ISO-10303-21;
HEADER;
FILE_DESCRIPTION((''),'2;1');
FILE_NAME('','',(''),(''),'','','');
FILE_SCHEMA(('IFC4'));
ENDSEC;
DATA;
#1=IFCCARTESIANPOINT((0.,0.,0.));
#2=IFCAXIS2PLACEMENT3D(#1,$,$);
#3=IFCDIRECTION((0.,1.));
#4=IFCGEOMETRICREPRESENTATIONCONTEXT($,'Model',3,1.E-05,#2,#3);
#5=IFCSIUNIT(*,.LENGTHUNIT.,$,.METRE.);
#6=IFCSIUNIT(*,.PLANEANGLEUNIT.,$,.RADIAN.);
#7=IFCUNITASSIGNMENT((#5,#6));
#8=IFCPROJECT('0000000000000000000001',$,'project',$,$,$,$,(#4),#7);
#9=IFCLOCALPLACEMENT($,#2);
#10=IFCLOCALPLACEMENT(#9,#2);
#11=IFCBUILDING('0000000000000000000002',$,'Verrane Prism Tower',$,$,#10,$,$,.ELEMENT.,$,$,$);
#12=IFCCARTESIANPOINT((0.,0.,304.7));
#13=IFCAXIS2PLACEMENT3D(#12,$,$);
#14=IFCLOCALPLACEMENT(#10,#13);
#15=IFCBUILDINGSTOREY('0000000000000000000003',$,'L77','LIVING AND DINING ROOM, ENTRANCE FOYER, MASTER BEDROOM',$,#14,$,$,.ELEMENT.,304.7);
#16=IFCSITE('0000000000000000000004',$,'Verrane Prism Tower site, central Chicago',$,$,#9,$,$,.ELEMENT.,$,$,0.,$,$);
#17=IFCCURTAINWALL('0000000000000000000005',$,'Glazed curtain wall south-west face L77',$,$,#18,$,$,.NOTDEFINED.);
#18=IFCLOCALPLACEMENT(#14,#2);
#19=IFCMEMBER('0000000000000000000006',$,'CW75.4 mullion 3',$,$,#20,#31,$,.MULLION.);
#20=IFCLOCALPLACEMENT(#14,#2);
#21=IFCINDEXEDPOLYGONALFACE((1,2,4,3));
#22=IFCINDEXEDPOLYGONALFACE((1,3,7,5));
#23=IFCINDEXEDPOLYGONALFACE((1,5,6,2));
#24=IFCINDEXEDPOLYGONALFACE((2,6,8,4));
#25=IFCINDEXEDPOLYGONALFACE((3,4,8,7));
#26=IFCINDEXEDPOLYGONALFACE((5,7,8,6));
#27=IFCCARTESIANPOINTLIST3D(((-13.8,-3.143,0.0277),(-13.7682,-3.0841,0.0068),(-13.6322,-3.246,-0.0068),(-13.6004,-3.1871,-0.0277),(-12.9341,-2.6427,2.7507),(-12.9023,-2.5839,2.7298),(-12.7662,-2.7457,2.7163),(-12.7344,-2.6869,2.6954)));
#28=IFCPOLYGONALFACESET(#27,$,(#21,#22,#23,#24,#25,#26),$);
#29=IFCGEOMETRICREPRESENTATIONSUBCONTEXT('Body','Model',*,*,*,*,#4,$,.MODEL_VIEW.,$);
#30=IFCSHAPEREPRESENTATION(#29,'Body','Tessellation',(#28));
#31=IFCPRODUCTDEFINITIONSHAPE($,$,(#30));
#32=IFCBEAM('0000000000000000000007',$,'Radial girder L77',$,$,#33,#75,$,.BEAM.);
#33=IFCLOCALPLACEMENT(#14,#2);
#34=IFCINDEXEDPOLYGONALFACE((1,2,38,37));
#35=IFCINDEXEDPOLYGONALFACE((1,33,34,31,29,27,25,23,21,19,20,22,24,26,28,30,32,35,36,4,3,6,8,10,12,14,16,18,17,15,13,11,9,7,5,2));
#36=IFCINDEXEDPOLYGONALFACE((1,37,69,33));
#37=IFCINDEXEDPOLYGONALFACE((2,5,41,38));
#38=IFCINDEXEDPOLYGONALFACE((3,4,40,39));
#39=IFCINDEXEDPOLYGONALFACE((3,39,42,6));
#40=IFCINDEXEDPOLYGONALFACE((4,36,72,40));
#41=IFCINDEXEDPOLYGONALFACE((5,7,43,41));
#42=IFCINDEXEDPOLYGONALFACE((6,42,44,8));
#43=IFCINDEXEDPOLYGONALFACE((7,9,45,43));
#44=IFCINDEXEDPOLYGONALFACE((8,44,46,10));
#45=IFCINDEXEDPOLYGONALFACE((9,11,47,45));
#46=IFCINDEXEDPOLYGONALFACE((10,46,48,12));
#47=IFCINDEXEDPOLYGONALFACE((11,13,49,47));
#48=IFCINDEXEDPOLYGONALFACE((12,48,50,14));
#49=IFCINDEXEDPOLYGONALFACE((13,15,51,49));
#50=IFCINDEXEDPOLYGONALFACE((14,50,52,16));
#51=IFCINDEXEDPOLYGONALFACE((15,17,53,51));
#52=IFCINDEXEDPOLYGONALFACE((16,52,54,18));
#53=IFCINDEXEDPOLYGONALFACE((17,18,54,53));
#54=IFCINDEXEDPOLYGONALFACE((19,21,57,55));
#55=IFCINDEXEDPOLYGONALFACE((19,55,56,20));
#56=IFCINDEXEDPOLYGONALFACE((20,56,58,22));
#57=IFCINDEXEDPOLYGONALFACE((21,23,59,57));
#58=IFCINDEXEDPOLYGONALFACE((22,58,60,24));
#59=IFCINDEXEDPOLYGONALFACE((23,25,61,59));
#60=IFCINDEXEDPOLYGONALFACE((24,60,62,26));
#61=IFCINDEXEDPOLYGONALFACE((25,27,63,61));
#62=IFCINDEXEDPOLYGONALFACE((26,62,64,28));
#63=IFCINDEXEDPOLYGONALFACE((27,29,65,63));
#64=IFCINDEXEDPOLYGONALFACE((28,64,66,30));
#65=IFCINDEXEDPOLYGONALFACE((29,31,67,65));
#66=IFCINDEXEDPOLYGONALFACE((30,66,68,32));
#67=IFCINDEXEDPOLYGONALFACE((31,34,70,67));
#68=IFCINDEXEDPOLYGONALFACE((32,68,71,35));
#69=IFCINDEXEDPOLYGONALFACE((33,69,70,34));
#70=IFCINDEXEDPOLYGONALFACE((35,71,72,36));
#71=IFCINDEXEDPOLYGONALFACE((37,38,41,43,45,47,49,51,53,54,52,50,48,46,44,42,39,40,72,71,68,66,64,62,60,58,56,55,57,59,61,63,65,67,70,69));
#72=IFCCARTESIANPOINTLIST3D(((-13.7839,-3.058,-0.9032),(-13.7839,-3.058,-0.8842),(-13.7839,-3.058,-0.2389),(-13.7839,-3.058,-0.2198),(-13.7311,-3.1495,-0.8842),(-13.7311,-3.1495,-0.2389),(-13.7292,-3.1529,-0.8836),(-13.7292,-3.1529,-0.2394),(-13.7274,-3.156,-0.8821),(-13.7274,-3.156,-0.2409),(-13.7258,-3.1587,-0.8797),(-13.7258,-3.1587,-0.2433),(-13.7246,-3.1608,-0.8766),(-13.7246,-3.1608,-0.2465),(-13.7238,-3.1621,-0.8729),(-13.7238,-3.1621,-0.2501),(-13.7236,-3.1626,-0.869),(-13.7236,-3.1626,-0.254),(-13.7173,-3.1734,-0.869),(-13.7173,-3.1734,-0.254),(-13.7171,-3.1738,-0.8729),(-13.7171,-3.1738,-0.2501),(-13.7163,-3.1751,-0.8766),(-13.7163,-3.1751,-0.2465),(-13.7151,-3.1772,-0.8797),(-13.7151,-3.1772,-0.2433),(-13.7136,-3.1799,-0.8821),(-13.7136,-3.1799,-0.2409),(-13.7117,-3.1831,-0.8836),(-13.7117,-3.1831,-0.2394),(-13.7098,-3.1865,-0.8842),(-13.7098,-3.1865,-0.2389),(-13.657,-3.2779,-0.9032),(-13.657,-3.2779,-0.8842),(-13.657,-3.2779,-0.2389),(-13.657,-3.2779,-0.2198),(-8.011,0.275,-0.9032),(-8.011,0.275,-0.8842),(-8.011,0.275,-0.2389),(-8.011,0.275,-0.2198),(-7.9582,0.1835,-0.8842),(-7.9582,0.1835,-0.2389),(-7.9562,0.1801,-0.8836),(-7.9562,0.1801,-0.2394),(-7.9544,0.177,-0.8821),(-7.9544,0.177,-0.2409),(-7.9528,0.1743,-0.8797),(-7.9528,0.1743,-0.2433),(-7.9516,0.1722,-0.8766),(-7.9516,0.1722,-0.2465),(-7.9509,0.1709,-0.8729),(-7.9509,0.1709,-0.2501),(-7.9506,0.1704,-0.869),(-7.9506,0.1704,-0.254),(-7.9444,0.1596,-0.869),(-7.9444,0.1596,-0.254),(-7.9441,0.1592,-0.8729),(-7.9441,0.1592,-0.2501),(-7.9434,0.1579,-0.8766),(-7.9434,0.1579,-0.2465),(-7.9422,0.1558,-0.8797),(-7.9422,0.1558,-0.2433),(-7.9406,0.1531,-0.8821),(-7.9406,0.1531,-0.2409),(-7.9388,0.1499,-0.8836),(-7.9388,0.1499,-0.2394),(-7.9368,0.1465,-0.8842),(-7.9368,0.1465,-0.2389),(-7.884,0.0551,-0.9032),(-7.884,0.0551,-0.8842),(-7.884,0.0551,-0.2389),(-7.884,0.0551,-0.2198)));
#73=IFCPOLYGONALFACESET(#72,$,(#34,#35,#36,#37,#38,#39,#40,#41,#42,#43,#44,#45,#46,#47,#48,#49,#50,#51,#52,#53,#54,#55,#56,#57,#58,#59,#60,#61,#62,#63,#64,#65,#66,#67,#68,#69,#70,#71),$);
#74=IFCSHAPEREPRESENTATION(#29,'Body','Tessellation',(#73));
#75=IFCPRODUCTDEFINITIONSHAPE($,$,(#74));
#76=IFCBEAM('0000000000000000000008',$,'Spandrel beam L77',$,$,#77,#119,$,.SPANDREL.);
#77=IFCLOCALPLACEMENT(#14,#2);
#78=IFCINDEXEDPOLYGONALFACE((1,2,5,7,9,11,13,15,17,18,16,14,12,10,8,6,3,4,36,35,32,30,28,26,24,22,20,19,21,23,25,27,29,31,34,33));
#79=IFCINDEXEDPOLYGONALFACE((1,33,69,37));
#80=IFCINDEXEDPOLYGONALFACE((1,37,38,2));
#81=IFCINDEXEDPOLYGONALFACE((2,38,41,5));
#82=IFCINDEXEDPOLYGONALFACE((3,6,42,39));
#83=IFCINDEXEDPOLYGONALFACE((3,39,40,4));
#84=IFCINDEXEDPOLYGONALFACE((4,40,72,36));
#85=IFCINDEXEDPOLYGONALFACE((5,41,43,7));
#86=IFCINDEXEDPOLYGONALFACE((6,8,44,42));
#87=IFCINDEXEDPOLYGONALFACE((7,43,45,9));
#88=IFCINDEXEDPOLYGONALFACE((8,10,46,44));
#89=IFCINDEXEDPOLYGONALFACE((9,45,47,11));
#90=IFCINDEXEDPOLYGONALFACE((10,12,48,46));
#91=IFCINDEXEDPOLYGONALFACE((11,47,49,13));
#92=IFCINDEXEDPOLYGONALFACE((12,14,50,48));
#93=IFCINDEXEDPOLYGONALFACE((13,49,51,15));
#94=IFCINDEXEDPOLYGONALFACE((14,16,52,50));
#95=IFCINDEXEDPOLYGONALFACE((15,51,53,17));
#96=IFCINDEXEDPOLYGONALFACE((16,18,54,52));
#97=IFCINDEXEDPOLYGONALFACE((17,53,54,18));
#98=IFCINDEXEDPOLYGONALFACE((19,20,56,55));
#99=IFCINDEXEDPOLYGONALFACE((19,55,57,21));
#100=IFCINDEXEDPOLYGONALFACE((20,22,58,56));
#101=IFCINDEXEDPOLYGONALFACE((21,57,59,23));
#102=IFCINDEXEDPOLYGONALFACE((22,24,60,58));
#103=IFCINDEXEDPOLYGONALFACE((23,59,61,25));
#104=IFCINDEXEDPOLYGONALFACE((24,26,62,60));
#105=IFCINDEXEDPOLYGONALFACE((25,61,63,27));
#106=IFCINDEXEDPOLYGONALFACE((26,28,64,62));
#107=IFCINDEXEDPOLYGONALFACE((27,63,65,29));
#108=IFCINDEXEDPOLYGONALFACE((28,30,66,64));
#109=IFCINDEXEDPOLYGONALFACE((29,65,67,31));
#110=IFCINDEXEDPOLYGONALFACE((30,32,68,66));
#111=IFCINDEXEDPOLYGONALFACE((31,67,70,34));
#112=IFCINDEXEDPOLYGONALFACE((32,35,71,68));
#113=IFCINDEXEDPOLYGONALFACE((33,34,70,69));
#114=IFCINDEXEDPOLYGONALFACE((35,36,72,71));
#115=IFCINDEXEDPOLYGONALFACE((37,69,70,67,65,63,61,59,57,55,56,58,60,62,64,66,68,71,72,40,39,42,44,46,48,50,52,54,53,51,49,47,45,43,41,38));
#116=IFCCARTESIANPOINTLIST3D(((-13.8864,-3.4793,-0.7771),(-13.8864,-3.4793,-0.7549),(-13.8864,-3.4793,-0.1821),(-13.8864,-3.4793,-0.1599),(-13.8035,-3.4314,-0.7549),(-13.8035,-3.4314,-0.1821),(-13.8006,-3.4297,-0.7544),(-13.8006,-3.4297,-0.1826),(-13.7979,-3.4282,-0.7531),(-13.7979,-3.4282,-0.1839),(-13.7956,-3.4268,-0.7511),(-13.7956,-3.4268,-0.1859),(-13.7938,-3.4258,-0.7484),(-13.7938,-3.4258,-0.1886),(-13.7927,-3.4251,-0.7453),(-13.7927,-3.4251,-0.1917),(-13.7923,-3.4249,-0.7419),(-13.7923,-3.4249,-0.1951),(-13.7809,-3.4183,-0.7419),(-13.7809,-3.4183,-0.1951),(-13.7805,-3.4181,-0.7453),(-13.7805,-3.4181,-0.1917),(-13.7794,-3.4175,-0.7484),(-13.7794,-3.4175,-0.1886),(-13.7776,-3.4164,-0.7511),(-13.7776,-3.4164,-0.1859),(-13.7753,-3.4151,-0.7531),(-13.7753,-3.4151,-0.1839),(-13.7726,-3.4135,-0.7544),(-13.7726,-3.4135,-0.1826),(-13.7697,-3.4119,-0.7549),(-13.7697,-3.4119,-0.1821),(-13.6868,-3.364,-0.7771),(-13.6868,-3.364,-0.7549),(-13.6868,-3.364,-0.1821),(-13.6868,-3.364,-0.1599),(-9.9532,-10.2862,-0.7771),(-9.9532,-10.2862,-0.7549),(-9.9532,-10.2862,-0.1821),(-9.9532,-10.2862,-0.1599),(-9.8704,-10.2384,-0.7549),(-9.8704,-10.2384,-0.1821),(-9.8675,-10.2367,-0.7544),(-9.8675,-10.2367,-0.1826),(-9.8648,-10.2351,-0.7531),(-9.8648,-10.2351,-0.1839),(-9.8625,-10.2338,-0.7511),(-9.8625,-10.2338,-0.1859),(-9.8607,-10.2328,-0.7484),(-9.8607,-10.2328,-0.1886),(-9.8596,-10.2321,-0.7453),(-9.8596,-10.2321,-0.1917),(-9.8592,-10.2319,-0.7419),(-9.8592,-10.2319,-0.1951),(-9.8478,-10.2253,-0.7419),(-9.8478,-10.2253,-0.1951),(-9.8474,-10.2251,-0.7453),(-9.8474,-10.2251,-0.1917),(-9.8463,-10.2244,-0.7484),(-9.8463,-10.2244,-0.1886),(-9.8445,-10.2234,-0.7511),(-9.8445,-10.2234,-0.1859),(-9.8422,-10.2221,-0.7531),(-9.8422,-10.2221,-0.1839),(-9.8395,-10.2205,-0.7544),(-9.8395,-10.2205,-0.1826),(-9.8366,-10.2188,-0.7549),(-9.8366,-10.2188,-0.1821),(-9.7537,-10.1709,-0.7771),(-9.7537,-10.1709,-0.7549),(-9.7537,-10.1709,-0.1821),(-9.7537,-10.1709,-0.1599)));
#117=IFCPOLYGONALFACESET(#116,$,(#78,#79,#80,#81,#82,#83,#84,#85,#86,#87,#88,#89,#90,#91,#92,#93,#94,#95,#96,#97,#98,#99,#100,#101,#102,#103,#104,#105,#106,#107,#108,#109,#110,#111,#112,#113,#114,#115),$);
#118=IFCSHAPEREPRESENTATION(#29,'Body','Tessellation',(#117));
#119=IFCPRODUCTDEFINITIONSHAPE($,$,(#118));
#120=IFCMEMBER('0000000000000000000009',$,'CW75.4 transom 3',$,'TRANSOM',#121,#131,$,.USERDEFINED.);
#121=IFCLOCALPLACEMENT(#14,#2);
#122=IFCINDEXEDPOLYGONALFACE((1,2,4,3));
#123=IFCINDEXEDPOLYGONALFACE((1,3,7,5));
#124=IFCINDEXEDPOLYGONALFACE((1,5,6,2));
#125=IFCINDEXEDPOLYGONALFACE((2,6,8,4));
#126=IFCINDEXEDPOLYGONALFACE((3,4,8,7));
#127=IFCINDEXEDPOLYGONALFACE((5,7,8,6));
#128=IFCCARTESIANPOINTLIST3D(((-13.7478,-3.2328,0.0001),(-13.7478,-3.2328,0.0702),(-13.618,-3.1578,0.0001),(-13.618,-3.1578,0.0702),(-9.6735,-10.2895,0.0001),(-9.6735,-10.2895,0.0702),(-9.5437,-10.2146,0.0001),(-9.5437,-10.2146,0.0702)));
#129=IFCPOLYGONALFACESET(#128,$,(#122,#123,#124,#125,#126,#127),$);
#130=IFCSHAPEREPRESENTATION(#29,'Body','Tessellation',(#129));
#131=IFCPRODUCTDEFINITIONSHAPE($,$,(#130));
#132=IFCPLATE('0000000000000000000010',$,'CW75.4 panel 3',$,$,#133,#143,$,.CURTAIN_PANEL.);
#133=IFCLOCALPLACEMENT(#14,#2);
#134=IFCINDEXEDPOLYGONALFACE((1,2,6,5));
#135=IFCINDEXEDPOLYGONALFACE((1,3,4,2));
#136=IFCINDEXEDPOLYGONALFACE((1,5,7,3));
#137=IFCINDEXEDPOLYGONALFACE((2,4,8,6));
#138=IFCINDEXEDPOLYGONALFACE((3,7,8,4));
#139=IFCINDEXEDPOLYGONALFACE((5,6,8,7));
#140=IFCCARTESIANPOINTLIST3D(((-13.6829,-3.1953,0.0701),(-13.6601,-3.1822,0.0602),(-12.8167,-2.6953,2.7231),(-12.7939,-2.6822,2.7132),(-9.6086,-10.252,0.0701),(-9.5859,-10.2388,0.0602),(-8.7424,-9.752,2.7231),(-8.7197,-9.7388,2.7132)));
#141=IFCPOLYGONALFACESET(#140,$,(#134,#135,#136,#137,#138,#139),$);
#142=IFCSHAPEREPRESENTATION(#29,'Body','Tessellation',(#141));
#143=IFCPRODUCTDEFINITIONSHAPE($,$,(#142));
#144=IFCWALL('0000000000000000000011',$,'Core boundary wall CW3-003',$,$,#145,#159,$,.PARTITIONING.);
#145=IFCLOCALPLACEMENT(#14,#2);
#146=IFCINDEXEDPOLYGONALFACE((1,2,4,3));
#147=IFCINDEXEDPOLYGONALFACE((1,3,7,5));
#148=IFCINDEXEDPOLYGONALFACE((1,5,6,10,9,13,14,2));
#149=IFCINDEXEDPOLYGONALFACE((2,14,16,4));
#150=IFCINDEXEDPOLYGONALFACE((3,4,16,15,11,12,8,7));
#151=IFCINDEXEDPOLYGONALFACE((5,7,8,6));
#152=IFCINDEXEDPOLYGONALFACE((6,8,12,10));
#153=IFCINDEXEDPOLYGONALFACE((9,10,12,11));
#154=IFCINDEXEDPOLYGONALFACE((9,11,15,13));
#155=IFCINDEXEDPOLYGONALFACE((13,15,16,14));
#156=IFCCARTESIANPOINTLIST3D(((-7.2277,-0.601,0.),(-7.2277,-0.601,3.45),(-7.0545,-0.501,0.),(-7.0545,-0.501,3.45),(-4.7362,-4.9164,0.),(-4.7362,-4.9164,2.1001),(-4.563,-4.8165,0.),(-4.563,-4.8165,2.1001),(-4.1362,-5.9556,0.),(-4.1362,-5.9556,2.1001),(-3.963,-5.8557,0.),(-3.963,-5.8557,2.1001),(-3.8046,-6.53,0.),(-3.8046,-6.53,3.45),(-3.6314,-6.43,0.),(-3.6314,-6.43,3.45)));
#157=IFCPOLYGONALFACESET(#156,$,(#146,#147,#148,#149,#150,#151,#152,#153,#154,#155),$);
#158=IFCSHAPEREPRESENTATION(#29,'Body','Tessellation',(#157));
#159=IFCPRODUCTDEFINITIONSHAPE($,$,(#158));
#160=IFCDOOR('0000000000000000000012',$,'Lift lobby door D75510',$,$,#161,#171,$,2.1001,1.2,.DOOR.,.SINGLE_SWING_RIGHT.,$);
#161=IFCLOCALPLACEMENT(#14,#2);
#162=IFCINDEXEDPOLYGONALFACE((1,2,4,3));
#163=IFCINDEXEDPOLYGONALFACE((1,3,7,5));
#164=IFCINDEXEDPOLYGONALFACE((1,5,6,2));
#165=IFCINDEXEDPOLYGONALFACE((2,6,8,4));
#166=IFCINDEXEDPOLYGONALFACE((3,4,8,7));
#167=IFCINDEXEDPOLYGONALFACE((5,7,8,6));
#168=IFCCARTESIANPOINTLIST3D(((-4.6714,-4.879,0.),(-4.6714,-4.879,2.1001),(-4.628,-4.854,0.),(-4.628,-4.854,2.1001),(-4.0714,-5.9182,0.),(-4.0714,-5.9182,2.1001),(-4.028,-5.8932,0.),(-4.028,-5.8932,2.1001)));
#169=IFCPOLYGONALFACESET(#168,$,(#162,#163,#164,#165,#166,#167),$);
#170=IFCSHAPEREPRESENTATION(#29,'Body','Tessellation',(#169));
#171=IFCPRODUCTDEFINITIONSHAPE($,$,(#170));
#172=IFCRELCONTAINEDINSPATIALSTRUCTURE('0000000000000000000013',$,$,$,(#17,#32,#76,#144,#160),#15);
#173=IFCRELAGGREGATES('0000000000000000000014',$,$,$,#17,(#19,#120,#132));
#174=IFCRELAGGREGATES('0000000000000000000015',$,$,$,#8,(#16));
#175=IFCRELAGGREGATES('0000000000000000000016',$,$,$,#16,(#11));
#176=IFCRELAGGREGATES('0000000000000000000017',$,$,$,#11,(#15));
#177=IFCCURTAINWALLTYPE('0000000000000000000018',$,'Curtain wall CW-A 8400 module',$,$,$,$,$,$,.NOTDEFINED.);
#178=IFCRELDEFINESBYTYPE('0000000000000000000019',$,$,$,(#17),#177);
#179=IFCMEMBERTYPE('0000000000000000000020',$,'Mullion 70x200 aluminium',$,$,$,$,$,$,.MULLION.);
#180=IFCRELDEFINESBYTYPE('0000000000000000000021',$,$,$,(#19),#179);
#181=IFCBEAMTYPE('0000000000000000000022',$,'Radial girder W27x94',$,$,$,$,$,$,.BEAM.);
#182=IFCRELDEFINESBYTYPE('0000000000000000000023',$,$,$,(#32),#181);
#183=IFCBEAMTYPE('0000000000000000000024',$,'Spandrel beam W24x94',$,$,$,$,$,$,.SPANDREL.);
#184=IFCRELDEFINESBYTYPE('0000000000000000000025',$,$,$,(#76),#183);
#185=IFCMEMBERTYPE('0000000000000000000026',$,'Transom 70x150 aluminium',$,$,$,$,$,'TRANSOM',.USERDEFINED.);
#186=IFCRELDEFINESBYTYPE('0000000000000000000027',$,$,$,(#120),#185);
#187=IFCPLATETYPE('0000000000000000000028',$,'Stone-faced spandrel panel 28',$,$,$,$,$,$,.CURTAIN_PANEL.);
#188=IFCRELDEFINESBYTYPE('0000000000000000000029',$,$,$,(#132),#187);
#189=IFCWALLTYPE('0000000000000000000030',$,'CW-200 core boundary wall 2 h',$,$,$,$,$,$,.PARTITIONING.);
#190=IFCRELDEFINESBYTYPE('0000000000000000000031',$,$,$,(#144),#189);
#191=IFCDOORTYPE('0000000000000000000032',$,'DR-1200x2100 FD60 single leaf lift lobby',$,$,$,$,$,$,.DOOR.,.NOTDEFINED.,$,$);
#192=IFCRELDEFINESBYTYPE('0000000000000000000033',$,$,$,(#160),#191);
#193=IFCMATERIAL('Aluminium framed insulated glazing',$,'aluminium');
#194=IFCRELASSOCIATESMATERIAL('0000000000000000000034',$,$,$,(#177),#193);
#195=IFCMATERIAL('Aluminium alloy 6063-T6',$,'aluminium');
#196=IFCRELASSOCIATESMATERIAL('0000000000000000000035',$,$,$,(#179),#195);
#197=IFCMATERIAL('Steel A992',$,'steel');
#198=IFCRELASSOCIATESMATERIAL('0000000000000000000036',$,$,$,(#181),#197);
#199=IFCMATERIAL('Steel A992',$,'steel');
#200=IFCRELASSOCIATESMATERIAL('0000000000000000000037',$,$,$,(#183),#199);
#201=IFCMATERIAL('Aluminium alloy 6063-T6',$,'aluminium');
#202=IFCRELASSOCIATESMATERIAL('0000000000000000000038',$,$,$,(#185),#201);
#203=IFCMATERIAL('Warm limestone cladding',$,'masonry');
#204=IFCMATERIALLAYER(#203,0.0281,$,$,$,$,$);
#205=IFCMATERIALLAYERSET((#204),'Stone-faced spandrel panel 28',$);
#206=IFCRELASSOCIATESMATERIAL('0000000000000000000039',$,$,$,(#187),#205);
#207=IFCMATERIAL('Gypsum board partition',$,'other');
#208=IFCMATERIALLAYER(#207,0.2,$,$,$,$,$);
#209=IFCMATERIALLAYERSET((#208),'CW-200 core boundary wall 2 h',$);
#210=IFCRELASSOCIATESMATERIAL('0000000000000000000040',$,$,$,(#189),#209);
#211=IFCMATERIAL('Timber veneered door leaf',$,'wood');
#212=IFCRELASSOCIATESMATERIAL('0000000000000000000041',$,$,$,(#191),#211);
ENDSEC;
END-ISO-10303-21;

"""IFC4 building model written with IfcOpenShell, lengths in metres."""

from ifc_helpers import new_model, si_unit, direction, frame, frame_2d, origin, origin_2d, place, context, subcontext, project, spatial, polyline, rectangle, i_section, outline, extrude, material, layer, layer_set, material_profile, profile_set, type_object, element, fill, aggregate, save


model = new_model("IFC4")

# Units and contexts
model_context = context("Model", 3, precision=1e-05, world=origin(), true_north=direction((0.0, 1.0)))
body_context = subcontext(model_context, "Body", "Model", "MODEL_VIEW")
ifc_project = project(units=[si_unit("LENGTHUNIT", "METRE"), si_unit("PLANEANGLEUNIT", "RADIAN")], contexts=[model_context])

# Site, building, storey
site_placement = place(None, origin())
site = spatial("IfcSite", under=ifc_project, at=site_placement, Name="Verrane Prism Tower site, central Chicago", CompositionType="ELEMENT", RefElevation=0.0)
building_placement = place(site_placement, origin())
building = spatial("IfcBuilding", under=site, at=building_placement, Name="Verrane Prism Tower", CompositionType="ELEMENT")
storey_placement = place(building_placement, frame((0.0, 0.0, 304.7)))
storey = spatial("IfcBuildingStorey", under=building, at=storey_placement, Name="L77", Description="LIVING AND DINING ROOM, ENTRANCE FOYER, MASTER BEDROOM", CompositionType="ELEMENT", Elevation=304.7)

# Curtain wall, member
ifc_material_1 = material(Name="Aluminium framed insulated glazing", Category="aluminium")
curtain_wall_type = type_object("IfcCurtainWallType", Name="Curtain wall CW-A 8400 module", PredefinedType="NOTDEFINED", material=ifc_material_1)
curtain_wall_placement = place(storey_placement, origin())
curtain_wall = element("IfcCurtainWall", 1, at=curtain_wall_placement, inside=storey, type_object=curtain_wall_type, Name="Glazed curtain wall south-west face L77", PredefinedType="NOTDEFINED")
ifc_material_2 = material(Name="Aluminium alloy 6063-T6", Category="aluminium")
ifc_material_profile_1 = material_profile(ifc_material_2, rectangle(XDim=0.2, YDim=0.0701, at=origin_2d()), Name="Mullion 70x200 aluminium")
ifc_profile_set_1 = profile_set([ifc_material_profile_1], Name="Aluminium alloy 6063-T6")
member_type_1 = type_object("IfcMemberType", Name="Mullion 70x200 aluminium", PredefinedType="MULLION", material=ifc_profile_set_1)
member_1_placement = place(storey_placement, frame((-13.7002, -3.165, 0.0), z_axis=(0.298509, 0.17244, 0.9387), x_axis=(-0.839606, 0.515122, 0.172368)))
member_1 = element("IfcMember", 2, at=member_1_placement, type_object=member_type_1, Name="CW75.4 mullion 3", PredefinedType="MULLION", context=body_context, shape_type="SweptSolid", body=[
    extrude(rectangle(XDim=0.2, YDim=0.0701, at=origin_2d()), origin(), (0.0, 0.0, 1.0), 2.9009),
])

# Beams
ifc_material_3 = material(Name="Steel A992", Category="steel")
ifc_material_profile_2 = material_profile(ifc_material_3, i_section(OverallWidth=0.2539, OverallDepth=0.6833, WebThickness=0.0125, FlangeThickness=0.019, FilletRadius=0.0151, at=origin_2d()), Name="W27x94")
ifc_profile_set_2 = profile_set([ifc_material_profile_2], Name="Steel A992")
beam_type_1 = type_object("IfcBeamType", Name="Radial girder W27x94", PredefinedType="BEAM", material=ifc_profile_set_2)
beam_1_placement = place(storey_placement, frame((-13.7205, -3.168, -0.5615), z_axis=(0.866026, 0.499999, 0.0), x_axis=(-0.499999, 0.866026, 0.0)))
element("IfcBeam", 3, at=beam_1_placement, inside=storey, type_object=beam_type_1, Name="Radial girder L77", PredefinedType="BEAM", context=body_context, shape_type="SweptSolid", body=[
    extrude(i_section(OverallWidth=0.2539, OverallDepth=0.6833, WebThickness=0.0125, FlangeThickness=0.019, FilletRadius=0.0151, at=origin_2d()), origin(), (0.0, 0.0, 1.0), 6.666),
])
ifc_material_4 = material(Name="Steel A992", Category="steel")
ifc_material_profile_3 = material_profile(ifc_material_4, i_section(OverallWidth=0.2305, OverallDepth=0.6172, WebThickness=0.0132, FlangeThickness=0.0222, FilletRadius=0.0129, at=origin_2d()), Name="W24x94")
ifc_profile_set_3 = profile_set([ifc_material_profile_3], Name="Steel A992")
beam_type_2 = type_object("IfcBeamType", Name="Spandrel beam W24x94", PredefinedType="SPANDREL", material=ifc_profile_set_3)
beam_2_placement = place(storey_placement, frame((-13.7866, -3.4216, -0.4685), z_axis=(0.5003, -0.865852, 0.0), x_axis=(0.865852, 0.5003, 0.0)))
element("IfcBeam", 4, at=beam_2_placement, inside=storey, type_object=beam_type_2, Name="Spandrel beam L77", PredefinedType="SPANDREL", context=body_context, shape_type="SweptSolid", body=[
    extrude(i_section(OverallWidth=0.2305, OverallDepth=0.6172, WebThickness=0.0132, FlangeThickness=0.0222, FilletRadius=0.0129, at=origin_2d()), origin(), (0.0, 0.0, 1.0), 7.8616),
])

# Member
ifc_material_5 = material(Name="Aluminium alloy 6063-T6", Category="aluminium")
ifc_material_profile_4 = material_profile(ifc_material_5, rectangle(XDim=0.1499, YDim=0.0701, at=origin_2d()), Name="Transom 70x150 aluminium")
ifc_profile_set_4 = profile_set([ifc_material_profile_4], Name="Aluminium alloy 6063-T6")
member_type_2 = type_object("IfcMemberType", Name="Transom 70x150 aluminium", ElementType="TRANSOM", PredefinedType="USERDEFINED", material=ifc_profile_set_4)
member_2_placement = place(storey_placement, frame((-13.6829, -3.1953, 0.0352), z_axis=(0.500006, -0.866022, 0.0), x_axis=(0.866022, 0.500006, 0.0)))
member_2 = element("IfcMember", 5, at=member_2_placement, type_object=member_type_2, Name="CW75.4 transom 3", ObjectType="TRANSOM", PredefinedType="USERDEFINED", context=body_context, shape_type="SweptSolid", body=[
    extrude(rectangle(XDim=0.1499, YDim=0.0701, at=origin_2d()), origin(), (0.0, 0.0, 1.0), 8.1484),
])

# Plate
ifc_material_6 = material(Name="Warm limestone cladding", Category="masonry")
ifc_layer_1 = layer(ifc_material_6, 0.0281)
ifc_layer_set_1 = layer_set([ifc_layer_1], Name="Stone-faced spandrel panel 28")
plate_type = type_object("IfcPlateType", Name="Stone-faced spandrel panel 28", PredefinedType="CURTAIN_PANEL", material=ifc_layer_set_1)
plate_placement = place(storey_placement, frame((-13.6829, -3.1953, 0.0701), z_axis=(-0.810352, -0.467865, 0.352748), x_axis=(0.500006, -0.866022, 0.0)))
plate = element("IfcPlate", 6, at=plate_placement, type_object=plate_type, Name="CW75.4 panel 3", PredefinedType="CURTAIN_PANEL", context=body_context, shape_type="SweptSolid", body=[
    extrude(outline(polyline([(0.0, 0.0), (8.1483, 0.0), (8.1484, 2.8353), (0.0001, 2.8353), (0.0, 0.0)])), origin(), (0.0, 0.0, -1.0), 0.0281),
])
aggregate(curtain_wall, [member_1, member_2, plate])

# Wall, opening, door
ifc_material_7 = material(Name="Gypsum board partition", Category="other")
ifc_layer_2 = layer(ifc_material_7, 0.2)
ifc_layer_set_2 = layer_set([ifc_layer_2], Name="CW-200 core boundary wall 2 h")
wall_type_1 = type_object("IfcWallType", Name="CW-200 core boundary wall 2 h", PredefinedType="PARTITIONING", material=ifc_layer_set_2)
wall_1_placement = place(storey_placement, frame((-7.1411, -0.551, 0.0), z_axis=(0.0, 0.0, 1.0), x_axis=(0.500001, -0.866025, 0.0)))
wall_1 = element("IfcWall", 7, at=wall_1_placement, inside=storey, type_object=wall_type_1, Name="Core boundary wall CW3-003", PredefinedType="PARTITIONING", context=body_context, shape_type="SweptSolid", body=[
    extrude(rectangle(XDim=6.8462, YDim=0.2, at=frame_2d((3.4231, 0.0))), origin(), (0.0, 0.0, 1.0), 3.45),
])
opening_1_placement = place(wall_1_placement, frame((4.9829, 0.0, 0.0)))
opening_1 = element("IfcOpeningElement", 8, at=opening_1_placement, cuts=wall_1, PredefinedType="OPENING", context=body_context, shape_type="SweptSolid", body=[
    extrude(rectangle(XDim=1.2, YDim=2.1001, at=frame_2d((0.6001, 1.05))), frame((0.0, 0.1099, 0.0), z_axis=(0.0, -1.0, 0.0), x_axis=(1.0, 0.0, 0.0)), (0.0, 0.0, 1.0), 0.22),
])
ifc_material_8 = material(Name="Timber veneered door leaf", Category="wood")
door_type_1 = type_object("IfcDoorType", Name="DR-1200x2100 FD60 single leaf lift lobby", OperationType="NOTDEFINED", PredefinedType="DOOR", material=ifc_material_8)
door_1_placement = place(opening_1_placement, origin())
door_1 = element("IfcDoor", 9, at=door_1_placement, inside=storey, type_object=door_type_1, Name="Lift lobby door D75510", OperationType="SINGLE_SWING_RIGHT", OverallHeight=2.1001, OverallWidth=1.2, PredefinedType="DOOR", context=body_context, shape_type="SweptSolid", body=[
    extrude(rectangle(XDim=1.2, YDim=2.1001, at=frame_2d((0.6001, 1.05))), frame((0.0, 0.0249, 0.0), z_axis=(0.0, -1.0, 0.0), x_axis=(1.0, 0.0, 0.0)), (0.0, 0.0, 1.0), 0.05),
])
fill(opening_1, door_1)

save(model, "model.ifc")
